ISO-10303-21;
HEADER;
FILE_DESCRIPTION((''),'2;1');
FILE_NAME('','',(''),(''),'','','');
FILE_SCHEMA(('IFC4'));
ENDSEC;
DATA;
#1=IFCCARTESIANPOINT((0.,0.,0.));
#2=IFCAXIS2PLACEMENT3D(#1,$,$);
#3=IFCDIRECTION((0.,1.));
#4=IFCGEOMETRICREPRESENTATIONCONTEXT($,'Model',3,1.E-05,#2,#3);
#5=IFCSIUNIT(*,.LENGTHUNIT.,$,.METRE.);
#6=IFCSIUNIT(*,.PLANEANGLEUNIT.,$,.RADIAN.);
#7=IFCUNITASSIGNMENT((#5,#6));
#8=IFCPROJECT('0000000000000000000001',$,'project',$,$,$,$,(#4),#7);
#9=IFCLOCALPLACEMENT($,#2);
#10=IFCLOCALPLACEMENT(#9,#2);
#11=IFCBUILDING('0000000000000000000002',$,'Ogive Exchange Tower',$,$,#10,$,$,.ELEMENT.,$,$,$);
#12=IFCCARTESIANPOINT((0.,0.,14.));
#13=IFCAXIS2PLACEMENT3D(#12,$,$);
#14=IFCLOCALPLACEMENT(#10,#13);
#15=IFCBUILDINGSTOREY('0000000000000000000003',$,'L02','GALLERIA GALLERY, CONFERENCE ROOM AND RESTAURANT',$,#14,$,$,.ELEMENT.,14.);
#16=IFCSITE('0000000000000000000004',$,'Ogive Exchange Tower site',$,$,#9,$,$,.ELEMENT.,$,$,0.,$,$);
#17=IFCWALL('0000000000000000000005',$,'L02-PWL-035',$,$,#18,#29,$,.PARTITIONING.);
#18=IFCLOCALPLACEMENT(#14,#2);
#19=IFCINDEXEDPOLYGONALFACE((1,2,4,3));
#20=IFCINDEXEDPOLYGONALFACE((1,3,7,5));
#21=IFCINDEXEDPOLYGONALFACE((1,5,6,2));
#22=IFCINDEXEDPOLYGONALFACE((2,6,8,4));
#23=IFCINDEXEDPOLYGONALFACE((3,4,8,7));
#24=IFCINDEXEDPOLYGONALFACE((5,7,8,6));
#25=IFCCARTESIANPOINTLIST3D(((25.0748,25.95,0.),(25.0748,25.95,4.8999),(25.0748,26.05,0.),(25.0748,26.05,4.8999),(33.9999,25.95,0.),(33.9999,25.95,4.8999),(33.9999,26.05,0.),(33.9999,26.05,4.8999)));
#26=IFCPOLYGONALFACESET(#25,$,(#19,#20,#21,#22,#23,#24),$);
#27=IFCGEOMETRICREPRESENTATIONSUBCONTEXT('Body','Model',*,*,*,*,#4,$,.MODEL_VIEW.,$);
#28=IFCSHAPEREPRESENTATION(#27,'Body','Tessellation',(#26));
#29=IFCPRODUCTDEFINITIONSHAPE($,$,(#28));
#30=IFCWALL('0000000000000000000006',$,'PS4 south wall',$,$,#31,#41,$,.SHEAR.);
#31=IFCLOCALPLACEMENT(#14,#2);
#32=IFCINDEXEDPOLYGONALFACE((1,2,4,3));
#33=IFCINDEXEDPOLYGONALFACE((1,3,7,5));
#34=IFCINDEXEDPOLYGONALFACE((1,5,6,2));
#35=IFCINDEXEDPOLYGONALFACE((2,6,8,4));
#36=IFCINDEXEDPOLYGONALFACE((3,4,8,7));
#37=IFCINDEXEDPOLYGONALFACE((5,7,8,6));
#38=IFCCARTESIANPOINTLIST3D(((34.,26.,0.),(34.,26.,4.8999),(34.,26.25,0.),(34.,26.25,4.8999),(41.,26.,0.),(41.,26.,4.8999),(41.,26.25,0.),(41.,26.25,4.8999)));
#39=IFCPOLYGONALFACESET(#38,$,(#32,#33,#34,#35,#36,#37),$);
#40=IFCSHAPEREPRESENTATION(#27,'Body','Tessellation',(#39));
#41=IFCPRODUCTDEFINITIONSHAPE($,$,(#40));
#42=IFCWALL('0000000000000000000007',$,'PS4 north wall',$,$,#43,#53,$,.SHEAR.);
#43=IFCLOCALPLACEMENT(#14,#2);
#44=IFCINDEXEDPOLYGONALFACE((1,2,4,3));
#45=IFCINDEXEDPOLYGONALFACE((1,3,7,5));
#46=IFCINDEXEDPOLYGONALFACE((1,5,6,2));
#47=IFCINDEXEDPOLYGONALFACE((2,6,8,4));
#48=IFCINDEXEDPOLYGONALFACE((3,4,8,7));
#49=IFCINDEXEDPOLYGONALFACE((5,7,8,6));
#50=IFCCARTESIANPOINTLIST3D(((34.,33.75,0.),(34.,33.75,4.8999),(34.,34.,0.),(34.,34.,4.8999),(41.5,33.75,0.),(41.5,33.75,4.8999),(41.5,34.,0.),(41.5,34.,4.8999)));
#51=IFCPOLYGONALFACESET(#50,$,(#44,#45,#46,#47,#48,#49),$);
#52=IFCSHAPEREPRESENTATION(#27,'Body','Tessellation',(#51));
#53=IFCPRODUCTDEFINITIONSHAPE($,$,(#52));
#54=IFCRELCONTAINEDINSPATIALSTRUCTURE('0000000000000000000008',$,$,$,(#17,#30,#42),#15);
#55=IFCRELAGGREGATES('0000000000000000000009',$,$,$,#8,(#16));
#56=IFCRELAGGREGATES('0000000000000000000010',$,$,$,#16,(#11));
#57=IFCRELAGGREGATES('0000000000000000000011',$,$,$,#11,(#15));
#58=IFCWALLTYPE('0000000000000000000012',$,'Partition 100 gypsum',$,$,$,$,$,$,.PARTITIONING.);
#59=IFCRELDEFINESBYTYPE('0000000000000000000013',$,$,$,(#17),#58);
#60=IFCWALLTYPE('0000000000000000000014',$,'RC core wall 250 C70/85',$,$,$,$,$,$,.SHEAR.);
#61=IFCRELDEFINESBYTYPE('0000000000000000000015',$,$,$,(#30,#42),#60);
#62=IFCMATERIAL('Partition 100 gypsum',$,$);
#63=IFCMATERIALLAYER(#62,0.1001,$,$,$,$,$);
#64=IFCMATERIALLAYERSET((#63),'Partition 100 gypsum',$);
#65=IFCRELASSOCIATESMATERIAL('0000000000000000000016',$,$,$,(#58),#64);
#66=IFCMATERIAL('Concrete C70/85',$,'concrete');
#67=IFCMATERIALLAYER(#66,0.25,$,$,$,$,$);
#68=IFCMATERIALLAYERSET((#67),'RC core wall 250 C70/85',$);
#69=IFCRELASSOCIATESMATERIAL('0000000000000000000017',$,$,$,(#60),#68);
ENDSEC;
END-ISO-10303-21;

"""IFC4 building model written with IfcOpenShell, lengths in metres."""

from ifc_helpers import new_model, si_unit, direction, frame, frame_2d, origin, place, context, subcontext, project, spatial, rectangle, extrude, material, layer, layer_set, type_object, element, save


model = new_model("IFC4")

# Units and contexts
model_context = context("Model", 3, precision=1e-05, world=origin(), true_north=direction((0.0, 1.0)))
body_context = subcontext(model_context, "Body", "Model", "MODEL_VIEW")
ifc_project = project(units=[si_unit("LENGTHUNIT", "METRE"), si_unit("PLANEANGLEUNIT", "RADIAN")], contexts=[model_context])

# Site, building, storey
site_placement = place(None, origin())
site = spatial("IfcSite", under=ifc_project, at=site_placement, Name="Ogive Exchange Tower site", CompositionType="ELEMENT", RefElevation=0.0)
building_placement = place(site_placement, origin())
building = spatial("IfcBuilding", under=site, at=building_placement, Name="Ogive Exchange Tower", CompositionType="ELEMENT")
storey_placement = place(building_placement, frame((0.0, 0.0, 14.0)))
storey = spatial("IfcBuildingStorey", under=building, at=storey_placement, Name="L02", Description="GALLERIA GALLERY, CONFERENCE ROOM AND RESTAURANT", CompositionType="ELEMENT", Elevation=14.0)

# Shared definitions
ifc_material_1 = material(Name="Concrete C70/85", Category="concrete")

# Walls
ifc_material_2 = material(Name="Partition 100 gypsum")
ifc_layer_1 = layer(ifc_material_2, 0.1001)
ifc_layer_set_1 = layer_set([ifc_layer_1], Name="Partition 100 gypsum")
wall_type_1 = type_object("IfcWallType", Name="Partition 100 gypsum", PredefinedType="PARTITIONING", material=ifc_layer_set_1)
wall_1_placement = place(storey_placement, frame((25.075, 26.0, 0.0), z_axis=(0.0, 0.0, 1.0), x_axis=(1.0, 0.0, 0.0)))
element("IfcWall", 1, at=wall_1_placement, inside=storey, type_object=wall_type_1, Name="L02-PWL-035", PredefinedType="PARTITIONING", context=body_context, shape_type="SweptSolid", body=[
    extrude(rectangle(XDim=8.925, YDim=0.1001, at=frame_2d((4.4624, 0.0))), origin(), (0.0, 0.0, 1.0), 4.8999),
])
ifc_layer_2 = layer(ifc_material_1, 0.25)
ifc_layer_set_2 = layer_set([ifc_layer_2], Name="RC core wall 250 C70/85")
wall_type_2 = type_object("IfcWallType", Name="RC core wall 250 C70/85", PredefinedType="SHEAR", material=ifc_layer_set_2)
wall_2_placement = place(storey_placement, frame((34.0, 26.125, 0.0), z_axis=(0.0, 0.0, 1.0), x_axis=(1.0, 0.0, 0.0)))
element("IfcWall", 2, at=wall_2_placement, inside=storey, type_object=wall_type_2, Name="PS4 south wall", PredefinedType="SHEAR", context=body_context, shape_type="SweptSolid", body=[
    extrude(rectangle(XDim=7.0, YDim=0.25, at=frame_2d((3.5, 0.0))), origin(), (0.0, 0.0, 1.0), 4.8999),
])
wall_3_placement = place(storey_placement, frame((34.0, 33.875, 0.0), z_axis=(0.0, 0.0, 1.0), x_axis=(1.0, 0.0, 0.0)))
element("IfcWall", 3, at=wall_3_placement, inside=storey, type_object=wall_type_2, Name="PS4 north wall", PredefinedType="SHEAR", context=body_context, shape_type="SweptSolid", body=[
    extrude(rectangle(XDim=7.5, YDim=0.25, at=frame_2d((3.75, 0.0))), origin(), (0.0, 0.0, 1.0), 4.8999),
])

save(model, "model.ifc")
